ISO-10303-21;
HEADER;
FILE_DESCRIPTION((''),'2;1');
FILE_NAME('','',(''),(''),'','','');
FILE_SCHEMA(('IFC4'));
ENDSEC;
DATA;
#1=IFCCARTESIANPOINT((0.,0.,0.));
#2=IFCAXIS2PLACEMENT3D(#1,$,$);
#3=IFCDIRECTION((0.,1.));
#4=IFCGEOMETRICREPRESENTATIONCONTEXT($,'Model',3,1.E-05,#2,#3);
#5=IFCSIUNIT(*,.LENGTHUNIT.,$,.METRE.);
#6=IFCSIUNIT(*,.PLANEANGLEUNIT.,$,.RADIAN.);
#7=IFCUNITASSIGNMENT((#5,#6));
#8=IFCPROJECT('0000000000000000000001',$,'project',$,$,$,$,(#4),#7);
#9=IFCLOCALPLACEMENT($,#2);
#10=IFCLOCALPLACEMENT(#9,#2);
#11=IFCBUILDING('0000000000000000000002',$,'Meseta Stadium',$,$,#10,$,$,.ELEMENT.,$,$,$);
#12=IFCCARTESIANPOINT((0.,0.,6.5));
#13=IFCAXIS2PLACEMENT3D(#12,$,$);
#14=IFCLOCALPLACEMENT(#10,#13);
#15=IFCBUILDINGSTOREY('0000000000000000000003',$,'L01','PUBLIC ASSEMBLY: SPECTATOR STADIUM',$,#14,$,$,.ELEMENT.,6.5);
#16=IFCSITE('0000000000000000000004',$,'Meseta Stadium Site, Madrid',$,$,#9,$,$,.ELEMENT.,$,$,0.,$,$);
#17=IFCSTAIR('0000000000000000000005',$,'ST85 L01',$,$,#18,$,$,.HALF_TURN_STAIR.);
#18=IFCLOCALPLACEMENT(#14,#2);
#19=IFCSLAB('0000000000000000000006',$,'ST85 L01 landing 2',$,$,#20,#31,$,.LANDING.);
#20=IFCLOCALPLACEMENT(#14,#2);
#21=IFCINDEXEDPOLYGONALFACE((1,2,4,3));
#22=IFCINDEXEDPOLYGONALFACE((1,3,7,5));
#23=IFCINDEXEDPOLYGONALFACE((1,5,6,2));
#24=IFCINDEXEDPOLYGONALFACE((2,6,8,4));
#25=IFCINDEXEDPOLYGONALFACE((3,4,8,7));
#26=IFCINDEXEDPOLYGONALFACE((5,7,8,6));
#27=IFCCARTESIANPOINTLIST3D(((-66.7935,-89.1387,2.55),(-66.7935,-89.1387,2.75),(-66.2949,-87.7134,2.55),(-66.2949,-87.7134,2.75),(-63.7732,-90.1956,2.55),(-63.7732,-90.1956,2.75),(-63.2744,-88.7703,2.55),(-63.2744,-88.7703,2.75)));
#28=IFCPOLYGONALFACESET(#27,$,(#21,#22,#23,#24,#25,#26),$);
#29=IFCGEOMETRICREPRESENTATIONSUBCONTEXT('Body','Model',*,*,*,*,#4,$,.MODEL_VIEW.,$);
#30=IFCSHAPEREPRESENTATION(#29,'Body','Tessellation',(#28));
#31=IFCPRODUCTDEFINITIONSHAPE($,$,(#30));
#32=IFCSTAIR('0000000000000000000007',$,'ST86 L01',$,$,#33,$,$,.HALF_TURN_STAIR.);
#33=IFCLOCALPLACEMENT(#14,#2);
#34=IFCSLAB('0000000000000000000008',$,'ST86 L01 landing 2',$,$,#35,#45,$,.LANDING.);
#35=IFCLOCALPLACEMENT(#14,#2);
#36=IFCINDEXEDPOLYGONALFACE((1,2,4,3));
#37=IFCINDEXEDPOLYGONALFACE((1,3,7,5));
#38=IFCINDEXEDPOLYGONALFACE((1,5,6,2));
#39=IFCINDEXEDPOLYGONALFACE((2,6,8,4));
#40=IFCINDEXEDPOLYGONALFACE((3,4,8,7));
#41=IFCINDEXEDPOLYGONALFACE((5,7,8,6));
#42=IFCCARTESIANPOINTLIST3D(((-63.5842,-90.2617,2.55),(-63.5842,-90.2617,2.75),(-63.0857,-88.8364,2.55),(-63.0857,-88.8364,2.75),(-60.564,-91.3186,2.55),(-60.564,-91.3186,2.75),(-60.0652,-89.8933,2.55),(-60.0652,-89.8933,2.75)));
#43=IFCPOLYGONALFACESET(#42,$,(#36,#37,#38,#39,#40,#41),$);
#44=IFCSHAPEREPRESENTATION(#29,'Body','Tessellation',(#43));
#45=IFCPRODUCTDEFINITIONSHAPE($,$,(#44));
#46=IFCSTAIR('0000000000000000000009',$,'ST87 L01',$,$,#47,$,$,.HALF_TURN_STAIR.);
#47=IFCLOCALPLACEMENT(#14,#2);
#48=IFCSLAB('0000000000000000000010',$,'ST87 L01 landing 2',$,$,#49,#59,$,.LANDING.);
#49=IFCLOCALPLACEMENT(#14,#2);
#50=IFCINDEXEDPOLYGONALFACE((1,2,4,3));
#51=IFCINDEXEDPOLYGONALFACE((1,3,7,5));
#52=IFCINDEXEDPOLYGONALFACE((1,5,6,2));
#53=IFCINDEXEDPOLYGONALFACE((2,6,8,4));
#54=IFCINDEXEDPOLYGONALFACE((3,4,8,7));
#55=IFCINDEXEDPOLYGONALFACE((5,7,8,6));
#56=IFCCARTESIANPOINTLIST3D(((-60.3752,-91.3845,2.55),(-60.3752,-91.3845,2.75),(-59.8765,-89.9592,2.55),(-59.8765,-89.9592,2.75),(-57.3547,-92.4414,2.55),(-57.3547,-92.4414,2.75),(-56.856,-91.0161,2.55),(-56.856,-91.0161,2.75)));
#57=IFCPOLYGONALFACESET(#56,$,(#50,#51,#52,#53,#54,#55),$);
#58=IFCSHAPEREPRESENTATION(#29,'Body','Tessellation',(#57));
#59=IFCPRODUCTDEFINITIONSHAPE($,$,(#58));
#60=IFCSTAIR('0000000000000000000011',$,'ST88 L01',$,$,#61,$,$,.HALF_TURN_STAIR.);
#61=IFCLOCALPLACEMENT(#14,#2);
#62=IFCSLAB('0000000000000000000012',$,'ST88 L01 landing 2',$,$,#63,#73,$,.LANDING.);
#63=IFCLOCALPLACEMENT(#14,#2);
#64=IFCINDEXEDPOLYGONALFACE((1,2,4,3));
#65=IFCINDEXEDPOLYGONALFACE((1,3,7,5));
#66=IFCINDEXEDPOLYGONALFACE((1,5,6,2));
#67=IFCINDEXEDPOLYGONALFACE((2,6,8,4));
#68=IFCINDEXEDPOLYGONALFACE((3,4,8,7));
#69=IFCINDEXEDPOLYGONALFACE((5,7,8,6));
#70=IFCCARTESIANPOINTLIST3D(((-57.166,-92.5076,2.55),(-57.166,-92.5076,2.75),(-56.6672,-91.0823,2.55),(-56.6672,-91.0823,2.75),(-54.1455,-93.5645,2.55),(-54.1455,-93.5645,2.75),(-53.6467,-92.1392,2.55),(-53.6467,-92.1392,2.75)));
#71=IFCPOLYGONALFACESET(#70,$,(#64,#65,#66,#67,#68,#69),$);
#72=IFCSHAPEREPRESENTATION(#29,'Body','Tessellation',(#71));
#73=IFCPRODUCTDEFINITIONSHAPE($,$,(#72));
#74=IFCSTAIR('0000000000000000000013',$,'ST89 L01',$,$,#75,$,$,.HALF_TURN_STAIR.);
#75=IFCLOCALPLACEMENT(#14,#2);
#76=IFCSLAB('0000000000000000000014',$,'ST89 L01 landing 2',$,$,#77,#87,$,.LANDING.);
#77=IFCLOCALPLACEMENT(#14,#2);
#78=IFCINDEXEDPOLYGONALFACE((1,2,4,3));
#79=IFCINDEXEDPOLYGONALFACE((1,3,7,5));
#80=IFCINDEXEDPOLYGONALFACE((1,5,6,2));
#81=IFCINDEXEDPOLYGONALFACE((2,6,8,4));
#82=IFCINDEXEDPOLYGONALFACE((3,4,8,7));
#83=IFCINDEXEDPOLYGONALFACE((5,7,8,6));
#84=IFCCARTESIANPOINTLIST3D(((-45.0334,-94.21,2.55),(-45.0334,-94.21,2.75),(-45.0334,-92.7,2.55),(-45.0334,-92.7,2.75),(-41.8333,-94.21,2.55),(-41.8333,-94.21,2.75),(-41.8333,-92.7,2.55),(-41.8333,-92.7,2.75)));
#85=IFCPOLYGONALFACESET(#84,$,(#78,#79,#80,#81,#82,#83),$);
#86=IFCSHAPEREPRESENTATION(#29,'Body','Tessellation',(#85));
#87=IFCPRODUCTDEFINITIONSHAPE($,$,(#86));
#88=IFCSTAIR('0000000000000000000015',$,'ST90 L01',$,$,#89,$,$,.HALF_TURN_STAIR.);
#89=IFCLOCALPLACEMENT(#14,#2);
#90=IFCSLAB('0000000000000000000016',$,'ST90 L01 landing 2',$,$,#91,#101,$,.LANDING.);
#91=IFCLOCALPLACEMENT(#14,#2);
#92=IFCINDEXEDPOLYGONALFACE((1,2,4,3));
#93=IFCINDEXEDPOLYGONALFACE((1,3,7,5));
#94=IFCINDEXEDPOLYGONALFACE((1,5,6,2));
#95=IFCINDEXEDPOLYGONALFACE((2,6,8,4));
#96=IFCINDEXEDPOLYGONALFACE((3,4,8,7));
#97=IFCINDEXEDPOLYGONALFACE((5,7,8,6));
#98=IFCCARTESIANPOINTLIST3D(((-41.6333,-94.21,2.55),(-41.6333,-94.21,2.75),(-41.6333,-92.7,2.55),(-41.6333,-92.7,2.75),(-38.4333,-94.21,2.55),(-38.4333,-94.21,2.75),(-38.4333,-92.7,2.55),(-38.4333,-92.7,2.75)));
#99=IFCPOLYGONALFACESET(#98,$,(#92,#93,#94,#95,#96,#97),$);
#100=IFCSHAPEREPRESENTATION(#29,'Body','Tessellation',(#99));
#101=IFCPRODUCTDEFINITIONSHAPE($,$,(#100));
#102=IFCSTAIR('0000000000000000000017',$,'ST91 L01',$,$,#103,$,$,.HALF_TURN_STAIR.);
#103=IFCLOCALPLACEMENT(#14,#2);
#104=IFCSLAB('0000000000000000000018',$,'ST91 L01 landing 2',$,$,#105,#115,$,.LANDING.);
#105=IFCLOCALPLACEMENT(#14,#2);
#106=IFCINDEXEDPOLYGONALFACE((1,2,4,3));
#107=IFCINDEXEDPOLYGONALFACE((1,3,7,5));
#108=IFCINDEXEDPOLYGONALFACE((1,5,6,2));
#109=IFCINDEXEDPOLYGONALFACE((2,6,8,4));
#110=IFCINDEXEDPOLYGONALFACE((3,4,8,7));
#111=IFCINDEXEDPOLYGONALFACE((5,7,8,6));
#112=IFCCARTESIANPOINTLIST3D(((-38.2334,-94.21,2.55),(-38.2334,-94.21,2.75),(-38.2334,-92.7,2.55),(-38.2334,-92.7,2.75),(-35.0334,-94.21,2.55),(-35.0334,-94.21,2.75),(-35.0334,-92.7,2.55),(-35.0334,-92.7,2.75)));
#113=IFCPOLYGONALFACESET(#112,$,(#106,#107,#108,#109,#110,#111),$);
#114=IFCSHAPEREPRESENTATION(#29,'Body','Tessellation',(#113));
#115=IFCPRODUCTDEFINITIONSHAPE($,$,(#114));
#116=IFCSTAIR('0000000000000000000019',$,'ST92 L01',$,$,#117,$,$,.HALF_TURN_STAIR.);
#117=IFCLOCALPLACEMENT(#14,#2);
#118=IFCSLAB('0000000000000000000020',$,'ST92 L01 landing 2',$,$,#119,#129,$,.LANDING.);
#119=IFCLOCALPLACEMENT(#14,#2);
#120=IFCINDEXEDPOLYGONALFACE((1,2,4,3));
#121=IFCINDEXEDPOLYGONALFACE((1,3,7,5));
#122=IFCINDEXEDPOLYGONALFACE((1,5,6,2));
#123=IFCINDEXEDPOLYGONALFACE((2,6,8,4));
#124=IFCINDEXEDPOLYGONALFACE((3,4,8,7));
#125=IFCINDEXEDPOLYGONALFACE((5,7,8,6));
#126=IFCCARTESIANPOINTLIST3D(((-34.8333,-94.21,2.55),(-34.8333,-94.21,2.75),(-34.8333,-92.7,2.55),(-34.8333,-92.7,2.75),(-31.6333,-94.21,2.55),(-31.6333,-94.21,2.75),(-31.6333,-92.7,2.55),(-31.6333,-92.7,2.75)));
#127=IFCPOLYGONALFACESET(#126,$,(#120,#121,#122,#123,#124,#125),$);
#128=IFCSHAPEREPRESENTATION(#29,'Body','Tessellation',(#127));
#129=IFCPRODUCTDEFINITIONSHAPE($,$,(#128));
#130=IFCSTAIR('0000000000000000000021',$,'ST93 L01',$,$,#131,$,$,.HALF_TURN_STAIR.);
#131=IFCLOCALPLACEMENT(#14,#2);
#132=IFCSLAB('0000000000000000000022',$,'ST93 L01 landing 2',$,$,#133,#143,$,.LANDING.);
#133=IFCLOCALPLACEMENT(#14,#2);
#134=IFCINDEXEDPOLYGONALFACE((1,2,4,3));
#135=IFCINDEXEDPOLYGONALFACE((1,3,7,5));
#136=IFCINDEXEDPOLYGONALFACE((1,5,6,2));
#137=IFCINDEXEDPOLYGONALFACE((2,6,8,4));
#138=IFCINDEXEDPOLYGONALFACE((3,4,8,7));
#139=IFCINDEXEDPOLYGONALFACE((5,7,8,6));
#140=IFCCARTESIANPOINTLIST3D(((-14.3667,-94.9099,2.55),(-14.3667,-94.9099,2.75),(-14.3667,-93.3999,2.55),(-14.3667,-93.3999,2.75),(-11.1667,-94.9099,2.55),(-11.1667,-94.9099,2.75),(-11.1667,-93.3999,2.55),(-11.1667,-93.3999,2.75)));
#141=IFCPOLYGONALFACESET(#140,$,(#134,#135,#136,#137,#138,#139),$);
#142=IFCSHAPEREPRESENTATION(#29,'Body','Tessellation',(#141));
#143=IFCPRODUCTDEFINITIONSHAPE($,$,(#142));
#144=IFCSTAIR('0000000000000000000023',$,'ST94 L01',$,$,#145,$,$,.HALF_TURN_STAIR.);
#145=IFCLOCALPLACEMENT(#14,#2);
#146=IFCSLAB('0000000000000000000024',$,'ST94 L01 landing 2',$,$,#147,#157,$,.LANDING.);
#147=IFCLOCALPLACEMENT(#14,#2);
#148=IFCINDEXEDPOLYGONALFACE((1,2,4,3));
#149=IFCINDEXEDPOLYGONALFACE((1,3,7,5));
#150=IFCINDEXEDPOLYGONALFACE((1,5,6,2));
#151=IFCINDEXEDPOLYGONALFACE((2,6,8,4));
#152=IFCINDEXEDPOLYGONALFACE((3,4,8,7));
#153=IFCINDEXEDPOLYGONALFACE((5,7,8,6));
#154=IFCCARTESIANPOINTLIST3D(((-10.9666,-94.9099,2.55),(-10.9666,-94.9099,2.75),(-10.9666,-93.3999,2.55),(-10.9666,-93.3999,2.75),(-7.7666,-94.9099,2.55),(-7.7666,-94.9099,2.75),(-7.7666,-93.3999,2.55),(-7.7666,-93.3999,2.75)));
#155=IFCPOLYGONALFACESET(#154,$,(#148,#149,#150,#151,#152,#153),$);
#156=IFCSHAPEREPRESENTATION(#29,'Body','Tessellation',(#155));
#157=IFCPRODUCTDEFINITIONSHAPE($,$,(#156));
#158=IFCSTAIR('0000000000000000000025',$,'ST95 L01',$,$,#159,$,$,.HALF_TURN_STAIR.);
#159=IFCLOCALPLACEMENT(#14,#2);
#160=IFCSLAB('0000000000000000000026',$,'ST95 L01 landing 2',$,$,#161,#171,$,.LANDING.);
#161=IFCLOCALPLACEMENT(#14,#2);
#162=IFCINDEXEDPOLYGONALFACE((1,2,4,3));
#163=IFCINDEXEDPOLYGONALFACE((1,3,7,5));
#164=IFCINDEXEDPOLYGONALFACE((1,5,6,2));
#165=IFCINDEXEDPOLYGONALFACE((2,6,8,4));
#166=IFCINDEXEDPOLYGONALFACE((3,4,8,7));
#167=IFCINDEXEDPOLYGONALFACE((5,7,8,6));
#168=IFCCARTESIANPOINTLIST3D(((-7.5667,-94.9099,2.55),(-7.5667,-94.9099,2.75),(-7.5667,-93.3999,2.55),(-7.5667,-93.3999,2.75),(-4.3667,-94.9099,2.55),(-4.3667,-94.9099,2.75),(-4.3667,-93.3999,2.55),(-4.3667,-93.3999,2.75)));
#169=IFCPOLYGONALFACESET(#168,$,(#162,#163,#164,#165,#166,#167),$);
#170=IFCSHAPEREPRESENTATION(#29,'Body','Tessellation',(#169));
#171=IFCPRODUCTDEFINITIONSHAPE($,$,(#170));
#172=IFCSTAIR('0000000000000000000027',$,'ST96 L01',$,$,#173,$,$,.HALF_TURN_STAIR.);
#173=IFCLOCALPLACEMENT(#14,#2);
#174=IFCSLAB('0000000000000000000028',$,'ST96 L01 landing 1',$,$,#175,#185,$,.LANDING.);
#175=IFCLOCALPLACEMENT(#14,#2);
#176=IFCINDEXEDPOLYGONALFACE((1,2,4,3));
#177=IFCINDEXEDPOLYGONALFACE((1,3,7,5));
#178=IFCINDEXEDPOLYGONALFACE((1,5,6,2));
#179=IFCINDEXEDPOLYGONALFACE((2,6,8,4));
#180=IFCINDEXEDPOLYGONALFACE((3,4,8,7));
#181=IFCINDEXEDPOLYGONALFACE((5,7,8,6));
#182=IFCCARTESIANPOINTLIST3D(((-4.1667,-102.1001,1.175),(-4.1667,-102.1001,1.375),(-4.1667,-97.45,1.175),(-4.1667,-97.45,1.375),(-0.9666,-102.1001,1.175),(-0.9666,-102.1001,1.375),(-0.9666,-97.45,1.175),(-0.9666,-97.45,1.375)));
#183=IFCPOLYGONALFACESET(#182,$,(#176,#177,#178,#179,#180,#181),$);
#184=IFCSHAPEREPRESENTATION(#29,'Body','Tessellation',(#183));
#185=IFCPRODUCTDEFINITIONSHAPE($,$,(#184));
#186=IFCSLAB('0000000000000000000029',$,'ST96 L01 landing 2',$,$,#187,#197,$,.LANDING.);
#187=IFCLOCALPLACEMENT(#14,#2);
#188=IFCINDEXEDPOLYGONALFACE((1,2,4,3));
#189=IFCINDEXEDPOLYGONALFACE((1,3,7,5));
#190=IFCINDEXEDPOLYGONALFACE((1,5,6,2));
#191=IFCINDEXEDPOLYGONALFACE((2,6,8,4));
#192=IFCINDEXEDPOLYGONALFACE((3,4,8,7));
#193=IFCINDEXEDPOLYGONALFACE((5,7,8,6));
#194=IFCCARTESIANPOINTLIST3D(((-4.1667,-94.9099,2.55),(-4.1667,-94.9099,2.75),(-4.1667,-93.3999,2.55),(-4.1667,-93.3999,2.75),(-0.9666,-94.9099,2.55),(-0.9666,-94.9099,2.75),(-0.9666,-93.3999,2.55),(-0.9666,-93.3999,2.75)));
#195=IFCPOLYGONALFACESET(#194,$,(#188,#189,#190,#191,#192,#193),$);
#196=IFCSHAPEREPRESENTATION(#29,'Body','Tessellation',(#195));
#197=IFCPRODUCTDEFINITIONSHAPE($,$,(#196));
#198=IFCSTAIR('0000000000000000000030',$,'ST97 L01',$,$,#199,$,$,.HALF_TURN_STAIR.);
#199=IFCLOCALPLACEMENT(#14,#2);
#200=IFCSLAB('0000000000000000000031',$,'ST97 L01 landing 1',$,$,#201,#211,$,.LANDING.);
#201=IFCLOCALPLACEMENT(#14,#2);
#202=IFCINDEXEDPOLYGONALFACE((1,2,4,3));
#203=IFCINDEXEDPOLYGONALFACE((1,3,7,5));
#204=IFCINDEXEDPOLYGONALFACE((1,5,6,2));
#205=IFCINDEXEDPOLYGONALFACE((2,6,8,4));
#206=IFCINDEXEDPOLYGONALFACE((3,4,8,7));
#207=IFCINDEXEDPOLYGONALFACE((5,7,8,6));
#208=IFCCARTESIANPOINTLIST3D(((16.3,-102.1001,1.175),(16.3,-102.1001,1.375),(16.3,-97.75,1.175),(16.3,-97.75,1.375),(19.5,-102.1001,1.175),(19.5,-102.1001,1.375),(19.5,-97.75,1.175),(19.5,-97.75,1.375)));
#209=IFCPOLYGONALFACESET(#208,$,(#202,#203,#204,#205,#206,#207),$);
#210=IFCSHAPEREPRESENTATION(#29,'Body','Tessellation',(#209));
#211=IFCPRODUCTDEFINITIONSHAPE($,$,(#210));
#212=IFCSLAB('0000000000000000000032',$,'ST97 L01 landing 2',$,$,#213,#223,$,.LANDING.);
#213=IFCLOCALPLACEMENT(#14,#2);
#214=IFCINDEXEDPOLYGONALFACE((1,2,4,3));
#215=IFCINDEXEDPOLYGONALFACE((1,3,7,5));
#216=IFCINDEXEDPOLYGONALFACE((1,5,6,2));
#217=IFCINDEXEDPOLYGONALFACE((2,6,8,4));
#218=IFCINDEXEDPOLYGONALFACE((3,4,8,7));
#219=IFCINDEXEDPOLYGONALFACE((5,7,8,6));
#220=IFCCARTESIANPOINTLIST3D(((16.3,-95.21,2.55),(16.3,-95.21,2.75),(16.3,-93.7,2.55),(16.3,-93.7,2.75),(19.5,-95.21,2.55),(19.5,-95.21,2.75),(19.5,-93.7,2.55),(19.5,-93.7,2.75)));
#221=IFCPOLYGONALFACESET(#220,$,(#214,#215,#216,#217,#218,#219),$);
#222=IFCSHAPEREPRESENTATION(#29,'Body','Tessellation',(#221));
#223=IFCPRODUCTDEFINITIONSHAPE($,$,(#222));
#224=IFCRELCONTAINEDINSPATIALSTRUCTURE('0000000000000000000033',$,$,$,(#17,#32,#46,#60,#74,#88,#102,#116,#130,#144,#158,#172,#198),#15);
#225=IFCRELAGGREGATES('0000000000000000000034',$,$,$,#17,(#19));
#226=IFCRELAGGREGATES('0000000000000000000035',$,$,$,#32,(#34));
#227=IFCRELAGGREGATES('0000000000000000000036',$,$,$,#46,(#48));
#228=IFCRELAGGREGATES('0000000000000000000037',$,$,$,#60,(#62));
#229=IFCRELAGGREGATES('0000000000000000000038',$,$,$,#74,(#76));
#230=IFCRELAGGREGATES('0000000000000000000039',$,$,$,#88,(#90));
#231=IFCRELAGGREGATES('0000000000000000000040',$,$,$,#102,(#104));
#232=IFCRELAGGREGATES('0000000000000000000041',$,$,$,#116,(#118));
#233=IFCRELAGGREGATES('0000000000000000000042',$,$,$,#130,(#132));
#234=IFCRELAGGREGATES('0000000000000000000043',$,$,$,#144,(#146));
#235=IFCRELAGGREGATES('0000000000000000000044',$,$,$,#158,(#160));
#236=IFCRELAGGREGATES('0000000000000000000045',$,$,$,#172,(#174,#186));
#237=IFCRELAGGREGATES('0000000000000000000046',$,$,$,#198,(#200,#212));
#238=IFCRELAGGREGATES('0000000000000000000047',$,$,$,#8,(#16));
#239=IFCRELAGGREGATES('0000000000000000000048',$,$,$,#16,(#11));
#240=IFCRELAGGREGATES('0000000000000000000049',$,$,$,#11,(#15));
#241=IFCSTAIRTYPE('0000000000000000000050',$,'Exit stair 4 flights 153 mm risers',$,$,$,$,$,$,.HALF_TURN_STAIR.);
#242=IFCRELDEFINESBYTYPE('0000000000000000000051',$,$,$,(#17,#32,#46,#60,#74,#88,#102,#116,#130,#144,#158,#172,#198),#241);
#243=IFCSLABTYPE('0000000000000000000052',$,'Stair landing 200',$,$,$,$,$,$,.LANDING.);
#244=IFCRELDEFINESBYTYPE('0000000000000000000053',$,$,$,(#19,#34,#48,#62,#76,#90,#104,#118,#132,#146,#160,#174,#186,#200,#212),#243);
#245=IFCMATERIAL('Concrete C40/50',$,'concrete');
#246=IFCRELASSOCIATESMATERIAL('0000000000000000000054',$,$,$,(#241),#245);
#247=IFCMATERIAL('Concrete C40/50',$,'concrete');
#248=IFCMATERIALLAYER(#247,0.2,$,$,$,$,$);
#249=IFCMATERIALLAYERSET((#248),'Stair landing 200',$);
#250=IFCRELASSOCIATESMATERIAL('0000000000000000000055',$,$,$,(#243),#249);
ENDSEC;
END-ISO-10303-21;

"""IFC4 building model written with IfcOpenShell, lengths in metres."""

from ifc_helpers import new_model, si_unit, direction, frame, origin, place, context, subcontext, project, spatial, polyline, outline, extrude, material, layer, layer_set, type_object, element, aggregate, save


model = new_model("IFC4")

# Units and contexts
model_context = context("Model", 3, precision=1e-05, world=origin(), true_north=direction((0.0, 1.0)))
body_context = subcontext(model_context, "Body", "Model", "MODEL_VIEW")
ifc_project = project(units=[si_unit("LENGTHUNIT", "METRE"), si_unit("PLANEANGLEUNIT", "RADIAN")], contexts=[model_context])

# Site, building, storey
site_placement = place(None, origin())
site = spatial("IfcSite", under=ifc_project, at=site_placement, Name="Meseta Stadium Site, Madrid", CompositionType="ELEMENT", RefElevation=0.0)
building_placement = place(site_placement, origin())
building = spatial("IfcBuilding", under=site, at=building_placement, Name="Meseta Stadium", CompositionType="ELEMENT")
storey_placement = place(building_placement, frame((0.0, 0.0, 6.5)))
storey = spatial("IfcBuildingStorey", under=building, at=storey_placement, Name="L01", Description="PUBLIC ASSEMBLY: SPECTATOR STADIUM", CompositionType="ELEMENT", Elevation=6.5)

# Stairs, slabs
ifc_material_1 = material(Name="Concrete C40/50", Category="concrete")
stair_type = type_object("IfcStairType", Name="Exit stair 4 flights 153 mm risers", PredefinedType="HALF_TURN_STAIR", material=ifc_material_1)
stair_1_placement = place(storey_placement, origin())
stair_1 = element("IfcStair", 1, at=stair_1_placement, inside=storey, type_object=stair_type, Name="ST85 L01", PredefinedType="HALF_TURN_STAIR")
ifc_material_2 = material(Name="Concrete C40/50", Category="concrete")
ifc_layer = layer(ifc_material_2, 0.2)
ifc_layer_set = layer_set([ifc_layer], Name="Stair landing 200")
slab_type = type_object("IfcSlabType", Name="Stair landing 200", PredefinedType="LANDING", material=ifc_layer_set)
slab_1_placement = place(storey_placement, frame((0.0, 0.0, 2.55)))
slab_1 = element("IfcSlab", 2, at=slab_1_placement, type_object=slab_type, Name="ST85 L01 landing 2", PredefinedType="LANDING", context=body_context, shape_type="SweptSolid", body=[
    extrude(outline(polyline([(-66.2949, -87.7134), (-66.7935, -89.1387), (-63.7732, -90.1956), (-63.2744, -88.7703), (-66.2949, -87.7134)])), origin(), (0.0, 0.0, 1.0), 0.2),
])
aggregate(stair_1, [slab_1])
stair_2_placement = place(storey_placement, origin())
stair_2 = element("IfcStair", 3, at=stair_2_placement, inside=storey, type_object=stair_type, Name="ST86 L01", PredefinedType="HALF_TURN_STAIR")
slab_2_placement = place(storey_placement, frame((0.0, 0.0, 2.55)))
slab_2 = element("IfcSlab", 4, at=slab_2_placement, type_object=slab_type, Name="ST86 L01 landing 2", PredefinedType="LANDING", context=body_context, shape_type="SweptSolid", body=[
    extrude(outline(polyline([(-63.0857, -88.8364), (-63.5842, -90.2617), (-60.564, -91.3186), (-60.0652, -89.8933), (-63.0857, -88.8364)])), origin(), (0.0, 0.0, 1.0), 0.2),
])
aggregate(stair_2, [slab_2])
stair_3_placement = place(storey_placement, origin())
stair_3 = element("IfcStair", 5, at=stair_3_placement, inside=storey, type_object=stair_type, Name="ST87 L01", PredefinedType="HALF_TURN_STAIR")
slab_3_placement = place(storey_placement, frame((0.0, 0.0, 2.55)))
slab_3 = element("IfcSlab", 6, at=slab_3_placement, type_object=slab_type, Name="ST87 L01 landing 2", PredefinedType="LANDING", context=body_context, shape_type="SweptSolid", body=[
    extrude(outline(polyline([(-59.8765, -89.9592), (-60.3752, -91.3845), (-57.3547, -92.4414), (-56.856, -91.0161), (-59.8765, -89.9592)])), origin(), (0.0, 0.0, 1.0), 0.2),
])
aggregate(stair_3, [slab_3])
stair_4_placement = place(storey_placement, origin())
stair_4 = element("IfcStair", 7, at=stair_4_placement, inside=storey, type_object=stair_type, Name="ST88 L01", PredefinedType="HALF_TURN_STAIR")
slab_4_placement = place(storey_placement, frame((0.0, 0.0, 2.55)))
slab_4 = element("IfcSlab", 8, at=slab_4_placement, type_object=slab_type, Name="ST88 L01 landing 2", PredefinedType="LANDING", context=body_context, shape_type="SweptSolid", body=[
    extrude(outline(polyline([(-56.6672, -91.0823), (-57.166, -92.5076), (-54.1455, -93.5645), (-53.6467, -92.1392), (-56.6672, -91.0823)])), origin(), (0.0, 0.0, 1.0), 0.2),
])
aggregate(stair_4, [slab_4])
stair_5_placement = place(storey_placement, origin())
stair_5 = element("IfcStair", 9, at=stair_5_placement, inside=storey, type_object=stair_type, Name="ST89 L01", PredefinedType="HALF_TURN_STAIR")
slab_5_placement = place(storey_placement, frame((0.0, 0.0, 2.55)))
slab_5 = element("IfcSlab", 10, at=slab_5_placement, type_object=slab_type, Name="ST89 L01 landing 2", PredefinedType="LANDING", context=body_context, shape_type="SweptSolid", body=[
    extrude(outline(polyline([(-45.0334, -92.7), (-45.0334, -94.21), (-41.8333, -94.21), (-41.8333, -92.7), (-45.0334, -92.7)])), origin(), (0.0, 0.0, 1.0), 0.2),
])
aggregate(stair_5, [slab_5])
stair_6_placement = place(storey_placement, origin())
stair_6 = element("IfcStair", 11, at=stair_6_placement, inside=storey, type_object=stair_type, Name="ST90 L01", PredefinedType="HALF_TURN_STAIR")
slab_6_placement = place(storey_placement, frame((0.0, 0.0, 2.55)))
slab_6 = element("IfcSlab", 12, at=slab_6_placement, type_object=slab_type, Name="ST90 L01 landing 2", PredefinedType="LANDING", context=body_context, shape_type="SweptSolid", body=[
    extrude(outline(polyline([(-41.6333, -92.7), (-41.6333, -94.21), (-38.4333, -94.21), (-38.4333, -92.7), (-41.6333, -92.7)])), origin(), (0.0, 0.0, 1.0), 0.2),
])
aggregate(stair_6, [slab_6])
stair_7_placement = place(storey_placement, origin())
stair_7 = element("IfcStair", 13, at=stair_7_placement, inside=storey, type_object=stair_type, Name="ST91 L01", PredefinedType="HALF_TURN_STAIR")
slab_7_placement = place(storey_placement, frame((0.0, 0.0, 2.55)))
slab_7 = element("IfcSlab", 14, at=slab_7_placement, type_object=slab_type, Name="ST91 L01 landing 2", PredefinedType="LANDING", context=body_context, shape_type="SweptSolid", body=[
    extrude(outline(polyline([(-38.2334, -92.7), (-38.2334, -94.21), (-35.0334, -94.21), (-35.0334, -92.7), (-38.2334, -92.7)])), origin(), (0.0, 0.0, 1.0), 0.2),
])
aggregate(stair_7, [slab_7])
stair_8_placement = place(storey_placement, origin())
stair_8 = element("IfcStair", 15, at=stair_8_placement, inside=storey, type_object=stair_type, Name="ST92 L01", PredefinedType="HALF_TURN_STAIR")
slab_8_placement = place(storey_placement, frame((0.0, 0.0, 2.55)))
slab_8 = element("IfcSlab", 16, at=slab_8_placement, type_object=slab_type, Name="ST92 L01 landing 2", PredefinedType="LANDING", context=body_context, shape_type="SweptSolid", body=[
    extrude(outline(polyline([(-34.8333, -92.7), (-34.8333, -94.21), (-31.6333, -94.21), (-31.6333, -92.7), (-34.8333, -92.7)])), origin(), (0.0, 0.0, 1.0), 0.2),
])
aggregate(stair_8, [slab_8])
stair_9_placement = place(storey_placement, origin())
stair_9 = element("IfcStair", 17, at=stair_9_placement, inside=storey, type_object=stair_type, Name="ST93 L01", PredefinedType="HALF_TURN_STAIR")
slab_9_placement = place(storey_placement, frame((0.0, 0.0, 2.55)))
slab_9 = element("IfcSlab", 18, at=slab_9_placement, type_object=slab_type, Name="ST93 L01 landing 2", PredefinedType="LANDING", context=body_context, shape_type="SweptSolid", body=[
    extrude(outline(polyline([(-14.3667, -93.3999), (-14.3667, -94.9099), (-11.1667, -94.9099), (-11.1667, -93.3999), (-14.3667, -93.3999)])), origin(), (0.0, 0.0, 1.0), 0.2),
])
aggregate(stair_9, [slab_9])
stair_10_placement = place(storey_placement, origin())
stair_10 = element("IfcStair", 19, at=stair_10_placement, inside=storey, type_object=stair_type, Name="ST94 L01", PredefinedType="HALF_TURN_STAIR")
slab_10_placement = place(storey_placement, frame((0.0, 0.0, 2.55)))
slab_10 = element("IfcSlab", 20, at=slab_10_placement, type_object=slab_type, Name="ST94 L01 landing 2", PredefinedType="LANDING", context=body_context, shape_type="SweptSolid", body=[
    extrude(outline(polyline([(-10.9666, -93.3999), (-10.9666, -94.9099), (-7.7666, -94.9099), (-7.7666, -93.3999), (-10.9666, -93.3999)])), origin(), (0.0, 0.0, 1.0), 0.2),
])
aggregate(stair_10, [slab_10])
stair_11_placement = place(storey_placement, origin())
stair_11 = element("IfcStair", 21, at=stair_11_placement, inside=storey, type_object=stair_type, Name="ST95 L01", PredefinedType="HALF_TURN_STAIR")
slab_11_placement = place(storey_placement, frame((0.0, 0.0, 2.55)))
slab_11 = element("IfcSlab", 22, at=slab_11_placement, type_object=slab_type, Name="ST95 L01 landing 2", PredefinedType="LANDING", context=body_context, shape_type="SweptSolid", body=[
    extrude(outline(polyline([(-7.5667, -93.3999), (-7.5667, -94.9099), (-4.3667, -94.9099), (-4.3667, -93.3999), (-7.5667, -93.3999)])), origin(), (0.0, 0.0, 1.0), 0.2),
])
aggregate(stair_11, [slab_11])

# Stairs, slabs
stair_12_placement = place(storey_placement, origin())
stair_12 = element("IfcStair", 23, at=stair_12_placement, inside=storey, type_object=stair_type, Name="ST96 L01", PredefinedType="HALF_TURN_STAIR")
slab_12_placement = place(storey_placement, frame((0.0, 0.0, 1.175)))
slab_12 = element("IfcSlab", 24, at=slab_12_placement, type_object=slab_type, Name="ST96 L01 landing 1", PredefinedType="LANDING", context=body_context, shape_type="SweptSolid", body=[
    extrude(outline(polyline([(-4.1667, -97.45), (-4.1667, -102.1001), (-0.9666, -102.1001), (-0.9666, -97.45), (-4.1667, -97.45)])), origin(), (0.0, 0.0, 1.0), 0.2),
])
slab_13_placement = place(storey_placement, frame((0.0, 0.0, 2.55)))
slab_13 = element("IfcSlab", 25, at=slab_13_placement, type_object=slab_type, Name="ST96 L01 landing 2", PredefinedType="LANDING", context=body_context, shape_type="SweptSolid", body=[
    extrude(outline(polyline([(-4.1667, -93.3999), (-4.1667, -94.9099), (-0.9666, -94.9099), (-0.9666, -93.3999), (-4.1667, -93.3999)])), origin(), (0.0, 0.0, 1.0), 0.2),
])
aggregate(stair_12, [slab_12, slab_13])
stair_13_placement = place(storey_placement, origin())
stair_13 = element("IfcStair", 26, at=stair_13_placement, inside=storey, type_object=stair_type, Name="ST97 L01", PredefinedType="HALF_TURN_STAIR")
slab_14_placement = place(storey_placement, frame((0.0, 0.0, 1.175)))
slab_14 = element("IfcSlab", 27, at=slab_14_placement, type_object=slab_type, Name="ST97 L01 landing 1", PredefinedType="LANDING", context=body_context, shape_type="SweptSolid", body=[
    extrude(outline(polyline([(16.3, -97.75), (16.3, -102.1001), (19.5, -102.1001), (19.5, -97.75), (16.3, -97.75)])), origin(), (0.0, 0.0, 1.0), 0.2),
])
slab_15_placement = place(storey_placement, frame((0.0, 0.0, 2.55)))
slab_15 = element("IfcSlab", 28, at=slab_15_placement, type_object=slab_type, Name="ST97 L01 landing 2", PredefinedType="LANDING", context=body_context, shape_type="SweptSolid", body=[
    extrude(outline(polyline([(16.3, -93.7), (16.3, -95.21), (19.5, -95.21), (19.5, -93.7), (16.3, -93.7)])), origin(), (0.0, 0.0, 1.0), 0.2),
])
aggregate(stair_13, [slab_14, slab_15])

save(model, "model.ifc")
